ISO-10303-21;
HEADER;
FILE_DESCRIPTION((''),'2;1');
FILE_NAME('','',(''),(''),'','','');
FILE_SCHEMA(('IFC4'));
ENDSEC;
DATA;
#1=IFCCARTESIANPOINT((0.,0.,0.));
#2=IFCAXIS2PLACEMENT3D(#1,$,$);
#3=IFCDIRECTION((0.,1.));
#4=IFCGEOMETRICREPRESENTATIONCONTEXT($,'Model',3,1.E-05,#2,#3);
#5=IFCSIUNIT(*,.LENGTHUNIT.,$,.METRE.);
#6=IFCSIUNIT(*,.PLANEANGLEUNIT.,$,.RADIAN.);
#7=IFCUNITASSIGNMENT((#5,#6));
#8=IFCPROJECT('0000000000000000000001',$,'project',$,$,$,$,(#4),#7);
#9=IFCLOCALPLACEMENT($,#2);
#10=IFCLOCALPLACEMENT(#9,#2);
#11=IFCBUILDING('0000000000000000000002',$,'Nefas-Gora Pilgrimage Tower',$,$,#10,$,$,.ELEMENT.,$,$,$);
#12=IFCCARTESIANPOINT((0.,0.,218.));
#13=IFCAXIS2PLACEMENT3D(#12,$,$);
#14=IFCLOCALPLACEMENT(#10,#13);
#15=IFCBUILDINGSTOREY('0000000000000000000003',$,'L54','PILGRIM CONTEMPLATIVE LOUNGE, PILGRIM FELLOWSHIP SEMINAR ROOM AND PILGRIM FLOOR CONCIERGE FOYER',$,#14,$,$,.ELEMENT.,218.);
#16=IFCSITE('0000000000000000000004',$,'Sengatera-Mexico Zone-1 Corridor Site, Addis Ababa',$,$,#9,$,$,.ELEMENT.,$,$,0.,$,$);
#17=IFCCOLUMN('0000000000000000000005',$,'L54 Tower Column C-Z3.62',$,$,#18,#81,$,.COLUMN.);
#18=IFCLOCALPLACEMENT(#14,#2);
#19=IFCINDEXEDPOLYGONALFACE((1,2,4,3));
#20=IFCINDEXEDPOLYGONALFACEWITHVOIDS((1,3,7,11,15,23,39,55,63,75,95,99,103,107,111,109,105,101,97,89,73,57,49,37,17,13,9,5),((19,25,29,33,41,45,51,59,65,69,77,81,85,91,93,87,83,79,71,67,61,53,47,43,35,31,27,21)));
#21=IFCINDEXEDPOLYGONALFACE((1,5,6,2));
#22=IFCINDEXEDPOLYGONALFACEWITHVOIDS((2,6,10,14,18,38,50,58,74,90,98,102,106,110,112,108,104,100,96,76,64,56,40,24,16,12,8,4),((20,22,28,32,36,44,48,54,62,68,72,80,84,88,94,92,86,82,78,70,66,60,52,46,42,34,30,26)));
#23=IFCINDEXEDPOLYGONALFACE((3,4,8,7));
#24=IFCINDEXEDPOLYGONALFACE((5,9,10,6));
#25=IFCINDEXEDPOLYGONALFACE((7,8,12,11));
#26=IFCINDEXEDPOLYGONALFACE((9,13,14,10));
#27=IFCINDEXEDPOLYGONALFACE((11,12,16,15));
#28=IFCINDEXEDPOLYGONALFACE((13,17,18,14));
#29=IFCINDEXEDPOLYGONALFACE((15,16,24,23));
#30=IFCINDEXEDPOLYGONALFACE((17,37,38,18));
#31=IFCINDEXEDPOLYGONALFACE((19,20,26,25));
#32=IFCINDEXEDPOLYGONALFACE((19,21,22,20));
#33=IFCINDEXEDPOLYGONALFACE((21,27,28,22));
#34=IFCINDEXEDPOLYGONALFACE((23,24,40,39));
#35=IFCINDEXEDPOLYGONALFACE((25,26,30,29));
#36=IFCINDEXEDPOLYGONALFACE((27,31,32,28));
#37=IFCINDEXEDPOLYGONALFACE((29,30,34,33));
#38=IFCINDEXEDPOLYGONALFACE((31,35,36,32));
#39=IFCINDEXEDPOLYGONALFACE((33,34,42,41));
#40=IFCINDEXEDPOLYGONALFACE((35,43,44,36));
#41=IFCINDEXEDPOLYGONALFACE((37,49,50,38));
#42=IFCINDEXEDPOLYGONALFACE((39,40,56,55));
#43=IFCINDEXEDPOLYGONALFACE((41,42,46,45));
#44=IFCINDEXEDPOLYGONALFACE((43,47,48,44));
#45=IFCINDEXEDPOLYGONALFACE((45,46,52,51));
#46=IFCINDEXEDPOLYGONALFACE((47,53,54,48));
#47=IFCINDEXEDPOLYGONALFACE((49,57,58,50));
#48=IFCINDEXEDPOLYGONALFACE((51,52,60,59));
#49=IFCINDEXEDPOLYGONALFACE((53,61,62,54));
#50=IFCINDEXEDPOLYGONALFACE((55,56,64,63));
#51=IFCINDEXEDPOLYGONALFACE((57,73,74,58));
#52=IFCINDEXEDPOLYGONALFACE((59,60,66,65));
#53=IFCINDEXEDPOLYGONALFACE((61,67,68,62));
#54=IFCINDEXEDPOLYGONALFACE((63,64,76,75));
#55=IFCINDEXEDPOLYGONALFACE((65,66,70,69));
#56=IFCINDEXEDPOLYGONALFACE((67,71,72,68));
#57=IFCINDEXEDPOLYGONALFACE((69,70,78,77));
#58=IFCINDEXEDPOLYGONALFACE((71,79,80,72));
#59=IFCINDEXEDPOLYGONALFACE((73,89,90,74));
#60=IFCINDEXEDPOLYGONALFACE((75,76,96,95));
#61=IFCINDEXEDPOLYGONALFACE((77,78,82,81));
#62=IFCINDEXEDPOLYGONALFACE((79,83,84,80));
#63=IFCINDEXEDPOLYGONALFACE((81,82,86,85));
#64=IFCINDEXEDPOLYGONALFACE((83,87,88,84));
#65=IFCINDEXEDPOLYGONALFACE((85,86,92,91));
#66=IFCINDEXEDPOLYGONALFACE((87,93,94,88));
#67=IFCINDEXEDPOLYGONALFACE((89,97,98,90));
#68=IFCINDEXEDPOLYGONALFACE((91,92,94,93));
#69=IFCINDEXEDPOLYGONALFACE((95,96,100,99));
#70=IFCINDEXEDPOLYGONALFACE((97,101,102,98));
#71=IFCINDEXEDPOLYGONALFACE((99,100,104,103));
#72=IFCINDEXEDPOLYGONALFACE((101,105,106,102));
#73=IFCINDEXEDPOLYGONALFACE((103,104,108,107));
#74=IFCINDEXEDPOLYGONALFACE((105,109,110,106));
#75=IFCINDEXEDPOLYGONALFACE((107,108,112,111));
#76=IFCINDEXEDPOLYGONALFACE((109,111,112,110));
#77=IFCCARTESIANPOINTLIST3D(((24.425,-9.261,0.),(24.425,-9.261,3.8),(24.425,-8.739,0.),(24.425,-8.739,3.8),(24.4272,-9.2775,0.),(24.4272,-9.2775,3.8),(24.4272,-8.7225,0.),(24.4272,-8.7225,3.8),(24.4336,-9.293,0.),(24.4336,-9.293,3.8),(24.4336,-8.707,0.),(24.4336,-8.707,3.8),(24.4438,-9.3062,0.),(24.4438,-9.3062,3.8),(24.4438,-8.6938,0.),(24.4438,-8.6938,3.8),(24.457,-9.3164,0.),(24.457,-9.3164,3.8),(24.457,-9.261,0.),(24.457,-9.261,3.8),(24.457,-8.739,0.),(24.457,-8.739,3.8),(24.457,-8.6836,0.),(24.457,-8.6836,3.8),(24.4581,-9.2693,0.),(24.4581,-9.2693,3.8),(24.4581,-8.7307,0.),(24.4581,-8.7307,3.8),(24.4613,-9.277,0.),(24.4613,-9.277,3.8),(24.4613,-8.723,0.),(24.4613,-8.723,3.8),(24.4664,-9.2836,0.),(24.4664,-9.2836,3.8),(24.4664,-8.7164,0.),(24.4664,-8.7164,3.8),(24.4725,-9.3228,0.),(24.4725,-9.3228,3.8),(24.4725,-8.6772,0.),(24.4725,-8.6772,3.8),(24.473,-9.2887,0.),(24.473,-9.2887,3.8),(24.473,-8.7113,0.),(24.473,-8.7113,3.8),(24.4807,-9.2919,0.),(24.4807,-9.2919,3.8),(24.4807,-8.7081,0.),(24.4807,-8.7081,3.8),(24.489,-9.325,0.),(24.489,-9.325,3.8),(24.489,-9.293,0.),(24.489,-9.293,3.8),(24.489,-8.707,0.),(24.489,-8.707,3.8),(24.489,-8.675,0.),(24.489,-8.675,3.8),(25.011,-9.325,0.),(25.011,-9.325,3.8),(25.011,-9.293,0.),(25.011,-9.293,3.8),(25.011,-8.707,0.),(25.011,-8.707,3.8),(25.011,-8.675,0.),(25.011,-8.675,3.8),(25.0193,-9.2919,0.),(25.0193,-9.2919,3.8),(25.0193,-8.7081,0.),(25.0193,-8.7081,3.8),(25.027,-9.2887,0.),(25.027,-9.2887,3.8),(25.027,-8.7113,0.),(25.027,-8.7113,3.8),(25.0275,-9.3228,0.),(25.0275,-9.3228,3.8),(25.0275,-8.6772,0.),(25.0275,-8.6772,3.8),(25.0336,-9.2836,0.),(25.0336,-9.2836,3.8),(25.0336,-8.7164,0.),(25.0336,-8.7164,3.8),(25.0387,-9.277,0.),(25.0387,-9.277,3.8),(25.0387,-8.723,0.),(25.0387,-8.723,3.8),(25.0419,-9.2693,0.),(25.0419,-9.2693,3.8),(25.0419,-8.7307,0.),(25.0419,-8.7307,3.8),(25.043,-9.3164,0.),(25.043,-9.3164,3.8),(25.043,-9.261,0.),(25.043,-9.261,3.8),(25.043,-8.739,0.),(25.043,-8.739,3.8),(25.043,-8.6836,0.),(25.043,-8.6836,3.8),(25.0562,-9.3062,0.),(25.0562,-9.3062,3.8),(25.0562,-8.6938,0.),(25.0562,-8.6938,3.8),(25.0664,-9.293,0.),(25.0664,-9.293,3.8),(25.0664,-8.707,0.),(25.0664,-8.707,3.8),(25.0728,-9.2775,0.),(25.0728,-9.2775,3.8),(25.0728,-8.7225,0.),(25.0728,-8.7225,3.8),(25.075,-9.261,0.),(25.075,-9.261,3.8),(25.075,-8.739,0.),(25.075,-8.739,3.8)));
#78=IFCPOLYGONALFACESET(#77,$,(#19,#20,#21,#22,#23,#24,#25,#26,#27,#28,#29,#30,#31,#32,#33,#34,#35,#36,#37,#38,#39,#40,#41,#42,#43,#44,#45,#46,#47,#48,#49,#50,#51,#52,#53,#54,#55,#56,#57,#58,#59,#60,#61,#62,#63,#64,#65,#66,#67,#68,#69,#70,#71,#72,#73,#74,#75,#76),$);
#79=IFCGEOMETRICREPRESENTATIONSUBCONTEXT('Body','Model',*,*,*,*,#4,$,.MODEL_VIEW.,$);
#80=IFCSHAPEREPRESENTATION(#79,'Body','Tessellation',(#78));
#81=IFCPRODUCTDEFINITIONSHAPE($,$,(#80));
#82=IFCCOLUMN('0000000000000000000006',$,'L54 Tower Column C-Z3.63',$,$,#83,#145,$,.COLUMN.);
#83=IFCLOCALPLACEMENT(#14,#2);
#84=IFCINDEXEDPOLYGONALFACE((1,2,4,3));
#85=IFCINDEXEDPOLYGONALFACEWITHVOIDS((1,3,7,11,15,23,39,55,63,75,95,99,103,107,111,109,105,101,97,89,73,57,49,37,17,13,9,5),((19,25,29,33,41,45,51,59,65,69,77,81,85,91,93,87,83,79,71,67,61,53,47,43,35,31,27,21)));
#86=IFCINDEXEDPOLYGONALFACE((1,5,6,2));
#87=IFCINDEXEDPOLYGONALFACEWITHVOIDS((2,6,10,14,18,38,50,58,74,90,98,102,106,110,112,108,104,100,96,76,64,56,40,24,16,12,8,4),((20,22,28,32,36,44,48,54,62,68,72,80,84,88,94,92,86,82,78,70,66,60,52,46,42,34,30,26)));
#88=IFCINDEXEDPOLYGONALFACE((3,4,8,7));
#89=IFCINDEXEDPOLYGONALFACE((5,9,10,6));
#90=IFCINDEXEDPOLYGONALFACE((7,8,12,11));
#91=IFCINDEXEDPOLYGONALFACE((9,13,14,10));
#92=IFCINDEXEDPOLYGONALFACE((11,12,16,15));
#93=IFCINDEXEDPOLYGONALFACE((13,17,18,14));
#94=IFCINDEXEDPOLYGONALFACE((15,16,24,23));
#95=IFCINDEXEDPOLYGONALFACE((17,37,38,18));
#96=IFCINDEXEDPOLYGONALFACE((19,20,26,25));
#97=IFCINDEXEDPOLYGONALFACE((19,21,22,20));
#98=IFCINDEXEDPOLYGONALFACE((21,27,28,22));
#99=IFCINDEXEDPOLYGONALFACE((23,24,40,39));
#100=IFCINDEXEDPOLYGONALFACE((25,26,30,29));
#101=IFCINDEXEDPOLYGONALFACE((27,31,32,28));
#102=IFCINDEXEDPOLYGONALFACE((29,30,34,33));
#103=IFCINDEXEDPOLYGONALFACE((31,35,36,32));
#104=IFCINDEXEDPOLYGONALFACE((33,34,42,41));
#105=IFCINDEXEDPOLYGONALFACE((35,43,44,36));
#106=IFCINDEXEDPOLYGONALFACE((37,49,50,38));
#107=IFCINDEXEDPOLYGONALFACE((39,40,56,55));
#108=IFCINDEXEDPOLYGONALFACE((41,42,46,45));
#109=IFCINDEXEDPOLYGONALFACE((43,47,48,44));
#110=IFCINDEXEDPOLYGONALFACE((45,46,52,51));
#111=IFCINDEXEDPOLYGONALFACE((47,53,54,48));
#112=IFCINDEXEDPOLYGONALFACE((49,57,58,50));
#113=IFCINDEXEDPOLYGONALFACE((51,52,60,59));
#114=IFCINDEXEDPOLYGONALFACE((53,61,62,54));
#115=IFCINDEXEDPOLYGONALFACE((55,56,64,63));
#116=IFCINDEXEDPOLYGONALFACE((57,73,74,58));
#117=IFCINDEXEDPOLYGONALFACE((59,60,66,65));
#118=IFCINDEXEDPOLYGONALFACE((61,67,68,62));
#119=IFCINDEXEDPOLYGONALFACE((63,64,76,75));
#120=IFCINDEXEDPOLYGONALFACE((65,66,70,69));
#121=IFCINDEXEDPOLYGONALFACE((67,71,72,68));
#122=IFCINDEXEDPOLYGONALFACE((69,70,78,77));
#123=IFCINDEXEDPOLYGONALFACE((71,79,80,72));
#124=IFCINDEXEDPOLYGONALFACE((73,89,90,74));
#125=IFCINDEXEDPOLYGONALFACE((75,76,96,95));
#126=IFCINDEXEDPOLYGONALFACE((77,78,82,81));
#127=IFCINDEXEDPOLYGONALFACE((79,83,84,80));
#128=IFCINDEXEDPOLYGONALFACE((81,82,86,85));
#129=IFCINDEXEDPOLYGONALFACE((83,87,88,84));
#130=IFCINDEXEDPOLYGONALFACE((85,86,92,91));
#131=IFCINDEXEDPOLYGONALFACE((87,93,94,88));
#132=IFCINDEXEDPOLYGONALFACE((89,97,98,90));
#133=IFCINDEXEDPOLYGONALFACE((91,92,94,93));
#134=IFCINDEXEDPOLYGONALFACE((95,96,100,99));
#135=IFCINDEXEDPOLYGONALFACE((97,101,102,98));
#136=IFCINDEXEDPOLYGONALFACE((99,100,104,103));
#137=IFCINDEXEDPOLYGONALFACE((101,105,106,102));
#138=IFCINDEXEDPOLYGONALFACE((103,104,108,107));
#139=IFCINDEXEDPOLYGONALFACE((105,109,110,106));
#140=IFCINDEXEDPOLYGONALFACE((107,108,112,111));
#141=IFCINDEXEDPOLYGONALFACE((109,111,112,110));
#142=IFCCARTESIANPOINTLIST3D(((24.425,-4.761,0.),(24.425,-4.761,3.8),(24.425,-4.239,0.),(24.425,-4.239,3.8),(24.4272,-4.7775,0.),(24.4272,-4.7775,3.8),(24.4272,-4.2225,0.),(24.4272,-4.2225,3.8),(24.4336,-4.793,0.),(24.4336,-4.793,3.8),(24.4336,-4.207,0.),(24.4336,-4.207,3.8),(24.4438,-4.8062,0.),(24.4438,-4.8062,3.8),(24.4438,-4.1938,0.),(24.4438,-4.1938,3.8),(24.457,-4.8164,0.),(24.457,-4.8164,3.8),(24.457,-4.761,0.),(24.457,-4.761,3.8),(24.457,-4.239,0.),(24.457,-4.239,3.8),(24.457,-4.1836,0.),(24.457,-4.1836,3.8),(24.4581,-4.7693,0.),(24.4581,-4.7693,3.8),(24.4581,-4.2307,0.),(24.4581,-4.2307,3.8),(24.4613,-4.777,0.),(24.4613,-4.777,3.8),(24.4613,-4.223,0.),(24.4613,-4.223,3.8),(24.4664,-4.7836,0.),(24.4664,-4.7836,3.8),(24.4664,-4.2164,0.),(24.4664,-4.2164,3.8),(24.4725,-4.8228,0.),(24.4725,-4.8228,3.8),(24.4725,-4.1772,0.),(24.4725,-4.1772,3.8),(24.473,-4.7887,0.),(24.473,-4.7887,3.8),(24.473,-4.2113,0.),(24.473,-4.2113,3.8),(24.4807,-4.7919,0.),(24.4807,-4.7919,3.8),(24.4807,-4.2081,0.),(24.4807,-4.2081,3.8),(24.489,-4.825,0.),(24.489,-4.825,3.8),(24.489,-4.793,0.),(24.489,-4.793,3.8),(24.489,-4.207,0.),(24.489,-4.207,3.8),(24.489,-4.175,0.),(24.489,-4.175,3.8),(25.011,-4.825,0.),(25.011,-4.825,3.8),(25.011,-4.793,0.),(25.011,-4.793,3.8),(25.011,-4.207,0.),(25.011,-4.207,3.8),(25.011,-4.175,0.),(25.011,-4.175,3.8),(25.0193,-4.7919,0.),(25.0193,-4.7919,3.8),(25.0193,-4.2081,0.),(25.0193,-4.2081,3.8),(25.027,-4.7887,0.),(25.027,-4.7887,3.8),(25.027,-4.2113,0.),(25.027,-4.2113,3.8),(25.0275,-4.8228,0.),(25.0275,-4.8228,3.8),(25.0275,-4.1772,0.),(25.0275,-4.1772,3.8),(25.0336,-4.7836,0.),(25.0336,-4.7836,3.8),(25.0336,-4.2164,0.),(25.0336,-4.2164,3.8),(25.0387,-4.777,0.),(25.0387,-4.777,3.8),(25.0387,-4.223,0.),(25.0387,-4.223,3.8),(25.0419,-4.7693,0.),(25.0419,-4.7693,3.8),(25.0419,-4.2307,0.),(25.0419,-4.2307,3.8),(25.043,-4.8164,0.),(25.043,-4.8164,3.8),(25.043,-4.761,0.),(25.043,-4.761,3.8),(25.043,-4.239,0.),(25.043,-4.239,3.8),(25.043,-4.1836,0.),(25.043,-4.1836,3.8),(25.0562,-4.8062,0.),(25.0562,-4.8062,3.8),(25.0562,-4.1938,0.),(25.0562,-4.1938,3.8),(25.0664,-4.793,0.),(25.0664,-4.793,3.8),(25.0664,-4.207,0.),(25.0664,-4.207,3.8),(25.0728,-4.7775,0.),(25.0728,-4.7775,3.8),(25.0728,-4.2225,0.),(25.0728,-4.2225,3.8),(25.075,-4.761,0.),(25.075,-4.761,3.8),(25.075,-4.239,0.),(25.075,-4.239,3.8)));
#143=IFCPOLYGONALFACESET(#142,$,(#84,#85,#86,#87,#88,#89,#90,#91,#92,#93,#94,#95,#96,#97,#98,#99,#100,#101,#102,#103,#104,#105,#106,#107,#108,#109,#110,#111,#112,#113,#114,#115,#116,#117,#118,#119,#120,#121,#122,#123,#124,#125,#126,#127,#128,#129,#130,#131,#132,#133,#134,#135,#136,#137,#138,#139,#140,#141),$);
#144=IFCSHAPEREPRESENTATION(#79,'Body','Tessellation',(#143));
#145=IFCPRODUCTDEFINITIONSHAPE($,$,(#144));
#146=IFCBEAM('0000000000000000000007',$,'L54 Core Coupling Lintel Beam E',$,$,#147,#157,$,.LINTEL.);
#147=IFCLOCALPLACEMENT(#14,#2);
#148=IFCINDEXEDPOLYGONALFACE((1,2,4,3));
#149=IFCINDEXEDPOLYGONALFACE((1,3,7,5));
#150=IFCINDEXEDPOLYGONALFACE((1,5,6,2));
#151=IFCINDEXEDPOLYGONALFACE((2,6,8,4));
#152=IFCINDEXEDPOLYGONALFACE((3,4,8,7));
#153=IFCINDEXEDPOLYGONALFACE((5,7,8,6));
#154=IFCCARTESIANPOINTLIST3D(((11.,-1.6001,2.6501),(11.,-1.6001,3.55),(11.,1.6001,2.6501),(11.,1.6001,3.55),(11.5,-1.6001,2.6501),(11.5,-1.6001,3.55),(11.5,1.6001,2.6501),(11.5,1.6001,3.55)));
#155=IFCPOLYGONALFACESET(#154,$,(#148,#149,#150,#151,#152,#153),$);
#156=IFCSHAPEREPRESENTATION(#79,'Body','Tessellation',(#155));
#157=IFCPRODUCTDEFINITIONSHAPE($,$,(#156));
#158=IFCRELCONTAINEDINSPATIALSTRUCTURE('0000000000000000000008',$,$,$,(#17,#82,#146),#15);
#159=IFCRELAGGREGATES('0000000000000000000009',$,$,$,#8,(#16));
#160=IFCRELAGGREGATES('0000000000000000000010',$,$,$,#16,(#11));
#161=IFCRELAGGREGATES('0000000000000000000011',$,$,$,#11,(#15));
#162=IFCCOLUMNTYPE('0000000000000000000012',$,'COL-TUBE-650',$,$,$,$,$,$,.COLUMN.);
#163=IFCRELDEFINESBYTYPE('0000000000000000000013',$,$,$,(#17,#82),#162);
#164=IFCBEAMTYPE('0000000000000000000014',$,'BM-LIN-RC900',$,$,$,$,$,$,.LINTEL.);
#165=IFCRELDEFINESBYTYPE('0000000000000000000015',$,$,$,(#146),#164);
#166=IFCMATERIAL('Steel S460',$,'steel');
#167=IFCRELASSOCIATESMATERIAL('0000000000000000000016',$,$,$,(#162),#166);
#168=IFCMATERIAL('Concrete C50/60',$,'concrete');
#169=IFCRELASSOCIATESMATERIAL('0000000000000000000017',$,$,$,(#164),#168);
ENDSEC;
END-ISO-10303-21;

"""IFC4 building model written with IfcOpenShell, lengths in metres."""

from ifc_helpers import new_model, si_unit, direction, frame, origin, origin_2d, place, context, subcontext, project, spatial, rectangle, hollow_rectangle, extrude, source, transform, mapped, material, material_profile, profile_set, type_object, element, save


model = new_model("IFC4")

# Units and contexts
model_context = context("Model", 3, precision=1e-05, world=origin(), true_north=direction((0.0, 1.0)))
body_context = subcontext(model_context, "Body", "Model", "MODEL_VIEW")
ifc_project = project(units=[si_unit("LENGTHUNIT", "METRE"), si_unit("PLANEANGLEUNIT", "RADIAN")], contexts=[model_context])

# Site, building, storey
site_placement = place(None, origin())
site = spatial("IfcSite", under=ifc_project, at=site_placement, Name="Sengatera-Mexico Zone-1 Corridor Site, Addis Ababa", CompositionType="ELEMENT", RefElevation=0.0)
building_placement = place(site_placement, origin())
building = spatial("IfcBuilding", under=site, at=building_placement, Name="Nefas-Gora Pilgrimage Tower", CompositionType="ELEMENT")
storey_placement = place(building_placement, frame((0.0, 0.0, 218.0)))
storey = spatial("IfcBuildingStorey", under=building, at=storey_placement, Name="L54", Description="PILGRIM CONTEMPLATIVE LOUNGE, PILGRIM FELLOWSHIP SEMINAR ROOM AND PILGRIM FLOOR CONCIERGE FOYER", CompositionType="ELEMENT", Elevation=218.0)

# Columns
ifc_material_1 = material(Name="Steel S460", Category="steel")
ifc_material_profile_1 = material_profile(ifc_material_1, hollow_rectangle(XDim=0.6499, YDim=0.6499, WallThickness=0.032, InnerFilletRadius=0.032, OuterFilletRadius=0.064, at=origin_2d()), Name="BOX 650x650x32")
ifc_profile_set_1 = profile_set([ifc_material_profile_1], Name="Steel S460")
column_type_1 = type_object("IfcColumnType", Name="COL-TUBE-650", PredefinedType="COLUMN", material=ifc_profile_set_1)
shared_shape_1 = source(origin(), body_context, "Body", "SweptSolid", [
    extrude(hollow_rectangle(XDim=0.6499, YDim=0.6499, WallThickness=0.032, InnerFilletRadius=0.032, OuterFilletRadius=0.064, at=origin_2d()), origin(), (0.0, 0.0, 1.0), 3.8),
])
for number, where, z_axis, x_axis, name in (
    (1, (24.75, -9.0, 0.0), (0.0, 0.0, 1.0), (1.0, 0.0, 0.0), "L54 Tower Column C-Z3.62"),
    (2, (24.75, -4.5, 0.0), (0.0, 0.0, 1.0), (1.0, 0.0, 0.0), "L54 Tower Column C-Z3.63"),
):
    element("IfcColumn", number, at=place(storey_placement, frame(where, z_axis=z_axis, x_axis=x_axis)), inside=storey, type_object=column_type_1, Name=name, PredefinedType="COLUMN", context=body_context, shape_type="MappedRepresentation", body=[
        mapped(shared_shape_1, transform((0.0, 0.0, 0.0), x_axis=(1.0, 0.0, 0.0), y_axis=(0.0, 1.0, 0.0), z_axis=(0.0, 0.0, 1.0), scale=1.0)),
    ])

# Beam
ifc_material_2 = material(Name="Concrete C50/60", Category="concrete")
ifc_material_profile_2 = material_profile(ifc_material_2, rectangle(XDim=0.5, YDim=0.8999, at=origin_2d()), Name="RC 500x900")
ifc_profile_set_2 = profile_set([ifc_material_profile_2], Name="Concrete C50/60")
beam_type_1 = type_object("IfcBeamType", Name="BM-LIN-RC900", PredefinedType="LINTEL", material=ifc_profile_set_2)
shared_shape_2 = source(origin(), body_context, "Body", "SweptSolid", [
    extrude(rectangle(XDim=0.5, YDim=0.8999, at=origin_2d()), origin(), (0.0, 0.0, 1.0), 3.2002),
])
beam_placement = place(storey_placement, frame((11.25, -1.6001, 3.1001), z_axis=(0.0, 1.0, 0.0), x_axis=(-1.0, 0.0, 0.0)))
element("IfcBeam", 3, at=beam_placement, inside=storey, type_object=beam_type_1, Name="L54 Core Coupling Lintel Beam E", PredefinedType="LINTEL", context=body_context, shape_type="MappedRepresentation", body=[
    mapped(shared_shape_2, transform((0.0, 0.0, 0.0), x_axis=(1.0, 0.0, 0.0), y_axis=(0.0, 1.0, 0.0), z_axis=(0.0, 0.0, 1.0), scale=1.0)),
])

save(model, "model.ifc")
